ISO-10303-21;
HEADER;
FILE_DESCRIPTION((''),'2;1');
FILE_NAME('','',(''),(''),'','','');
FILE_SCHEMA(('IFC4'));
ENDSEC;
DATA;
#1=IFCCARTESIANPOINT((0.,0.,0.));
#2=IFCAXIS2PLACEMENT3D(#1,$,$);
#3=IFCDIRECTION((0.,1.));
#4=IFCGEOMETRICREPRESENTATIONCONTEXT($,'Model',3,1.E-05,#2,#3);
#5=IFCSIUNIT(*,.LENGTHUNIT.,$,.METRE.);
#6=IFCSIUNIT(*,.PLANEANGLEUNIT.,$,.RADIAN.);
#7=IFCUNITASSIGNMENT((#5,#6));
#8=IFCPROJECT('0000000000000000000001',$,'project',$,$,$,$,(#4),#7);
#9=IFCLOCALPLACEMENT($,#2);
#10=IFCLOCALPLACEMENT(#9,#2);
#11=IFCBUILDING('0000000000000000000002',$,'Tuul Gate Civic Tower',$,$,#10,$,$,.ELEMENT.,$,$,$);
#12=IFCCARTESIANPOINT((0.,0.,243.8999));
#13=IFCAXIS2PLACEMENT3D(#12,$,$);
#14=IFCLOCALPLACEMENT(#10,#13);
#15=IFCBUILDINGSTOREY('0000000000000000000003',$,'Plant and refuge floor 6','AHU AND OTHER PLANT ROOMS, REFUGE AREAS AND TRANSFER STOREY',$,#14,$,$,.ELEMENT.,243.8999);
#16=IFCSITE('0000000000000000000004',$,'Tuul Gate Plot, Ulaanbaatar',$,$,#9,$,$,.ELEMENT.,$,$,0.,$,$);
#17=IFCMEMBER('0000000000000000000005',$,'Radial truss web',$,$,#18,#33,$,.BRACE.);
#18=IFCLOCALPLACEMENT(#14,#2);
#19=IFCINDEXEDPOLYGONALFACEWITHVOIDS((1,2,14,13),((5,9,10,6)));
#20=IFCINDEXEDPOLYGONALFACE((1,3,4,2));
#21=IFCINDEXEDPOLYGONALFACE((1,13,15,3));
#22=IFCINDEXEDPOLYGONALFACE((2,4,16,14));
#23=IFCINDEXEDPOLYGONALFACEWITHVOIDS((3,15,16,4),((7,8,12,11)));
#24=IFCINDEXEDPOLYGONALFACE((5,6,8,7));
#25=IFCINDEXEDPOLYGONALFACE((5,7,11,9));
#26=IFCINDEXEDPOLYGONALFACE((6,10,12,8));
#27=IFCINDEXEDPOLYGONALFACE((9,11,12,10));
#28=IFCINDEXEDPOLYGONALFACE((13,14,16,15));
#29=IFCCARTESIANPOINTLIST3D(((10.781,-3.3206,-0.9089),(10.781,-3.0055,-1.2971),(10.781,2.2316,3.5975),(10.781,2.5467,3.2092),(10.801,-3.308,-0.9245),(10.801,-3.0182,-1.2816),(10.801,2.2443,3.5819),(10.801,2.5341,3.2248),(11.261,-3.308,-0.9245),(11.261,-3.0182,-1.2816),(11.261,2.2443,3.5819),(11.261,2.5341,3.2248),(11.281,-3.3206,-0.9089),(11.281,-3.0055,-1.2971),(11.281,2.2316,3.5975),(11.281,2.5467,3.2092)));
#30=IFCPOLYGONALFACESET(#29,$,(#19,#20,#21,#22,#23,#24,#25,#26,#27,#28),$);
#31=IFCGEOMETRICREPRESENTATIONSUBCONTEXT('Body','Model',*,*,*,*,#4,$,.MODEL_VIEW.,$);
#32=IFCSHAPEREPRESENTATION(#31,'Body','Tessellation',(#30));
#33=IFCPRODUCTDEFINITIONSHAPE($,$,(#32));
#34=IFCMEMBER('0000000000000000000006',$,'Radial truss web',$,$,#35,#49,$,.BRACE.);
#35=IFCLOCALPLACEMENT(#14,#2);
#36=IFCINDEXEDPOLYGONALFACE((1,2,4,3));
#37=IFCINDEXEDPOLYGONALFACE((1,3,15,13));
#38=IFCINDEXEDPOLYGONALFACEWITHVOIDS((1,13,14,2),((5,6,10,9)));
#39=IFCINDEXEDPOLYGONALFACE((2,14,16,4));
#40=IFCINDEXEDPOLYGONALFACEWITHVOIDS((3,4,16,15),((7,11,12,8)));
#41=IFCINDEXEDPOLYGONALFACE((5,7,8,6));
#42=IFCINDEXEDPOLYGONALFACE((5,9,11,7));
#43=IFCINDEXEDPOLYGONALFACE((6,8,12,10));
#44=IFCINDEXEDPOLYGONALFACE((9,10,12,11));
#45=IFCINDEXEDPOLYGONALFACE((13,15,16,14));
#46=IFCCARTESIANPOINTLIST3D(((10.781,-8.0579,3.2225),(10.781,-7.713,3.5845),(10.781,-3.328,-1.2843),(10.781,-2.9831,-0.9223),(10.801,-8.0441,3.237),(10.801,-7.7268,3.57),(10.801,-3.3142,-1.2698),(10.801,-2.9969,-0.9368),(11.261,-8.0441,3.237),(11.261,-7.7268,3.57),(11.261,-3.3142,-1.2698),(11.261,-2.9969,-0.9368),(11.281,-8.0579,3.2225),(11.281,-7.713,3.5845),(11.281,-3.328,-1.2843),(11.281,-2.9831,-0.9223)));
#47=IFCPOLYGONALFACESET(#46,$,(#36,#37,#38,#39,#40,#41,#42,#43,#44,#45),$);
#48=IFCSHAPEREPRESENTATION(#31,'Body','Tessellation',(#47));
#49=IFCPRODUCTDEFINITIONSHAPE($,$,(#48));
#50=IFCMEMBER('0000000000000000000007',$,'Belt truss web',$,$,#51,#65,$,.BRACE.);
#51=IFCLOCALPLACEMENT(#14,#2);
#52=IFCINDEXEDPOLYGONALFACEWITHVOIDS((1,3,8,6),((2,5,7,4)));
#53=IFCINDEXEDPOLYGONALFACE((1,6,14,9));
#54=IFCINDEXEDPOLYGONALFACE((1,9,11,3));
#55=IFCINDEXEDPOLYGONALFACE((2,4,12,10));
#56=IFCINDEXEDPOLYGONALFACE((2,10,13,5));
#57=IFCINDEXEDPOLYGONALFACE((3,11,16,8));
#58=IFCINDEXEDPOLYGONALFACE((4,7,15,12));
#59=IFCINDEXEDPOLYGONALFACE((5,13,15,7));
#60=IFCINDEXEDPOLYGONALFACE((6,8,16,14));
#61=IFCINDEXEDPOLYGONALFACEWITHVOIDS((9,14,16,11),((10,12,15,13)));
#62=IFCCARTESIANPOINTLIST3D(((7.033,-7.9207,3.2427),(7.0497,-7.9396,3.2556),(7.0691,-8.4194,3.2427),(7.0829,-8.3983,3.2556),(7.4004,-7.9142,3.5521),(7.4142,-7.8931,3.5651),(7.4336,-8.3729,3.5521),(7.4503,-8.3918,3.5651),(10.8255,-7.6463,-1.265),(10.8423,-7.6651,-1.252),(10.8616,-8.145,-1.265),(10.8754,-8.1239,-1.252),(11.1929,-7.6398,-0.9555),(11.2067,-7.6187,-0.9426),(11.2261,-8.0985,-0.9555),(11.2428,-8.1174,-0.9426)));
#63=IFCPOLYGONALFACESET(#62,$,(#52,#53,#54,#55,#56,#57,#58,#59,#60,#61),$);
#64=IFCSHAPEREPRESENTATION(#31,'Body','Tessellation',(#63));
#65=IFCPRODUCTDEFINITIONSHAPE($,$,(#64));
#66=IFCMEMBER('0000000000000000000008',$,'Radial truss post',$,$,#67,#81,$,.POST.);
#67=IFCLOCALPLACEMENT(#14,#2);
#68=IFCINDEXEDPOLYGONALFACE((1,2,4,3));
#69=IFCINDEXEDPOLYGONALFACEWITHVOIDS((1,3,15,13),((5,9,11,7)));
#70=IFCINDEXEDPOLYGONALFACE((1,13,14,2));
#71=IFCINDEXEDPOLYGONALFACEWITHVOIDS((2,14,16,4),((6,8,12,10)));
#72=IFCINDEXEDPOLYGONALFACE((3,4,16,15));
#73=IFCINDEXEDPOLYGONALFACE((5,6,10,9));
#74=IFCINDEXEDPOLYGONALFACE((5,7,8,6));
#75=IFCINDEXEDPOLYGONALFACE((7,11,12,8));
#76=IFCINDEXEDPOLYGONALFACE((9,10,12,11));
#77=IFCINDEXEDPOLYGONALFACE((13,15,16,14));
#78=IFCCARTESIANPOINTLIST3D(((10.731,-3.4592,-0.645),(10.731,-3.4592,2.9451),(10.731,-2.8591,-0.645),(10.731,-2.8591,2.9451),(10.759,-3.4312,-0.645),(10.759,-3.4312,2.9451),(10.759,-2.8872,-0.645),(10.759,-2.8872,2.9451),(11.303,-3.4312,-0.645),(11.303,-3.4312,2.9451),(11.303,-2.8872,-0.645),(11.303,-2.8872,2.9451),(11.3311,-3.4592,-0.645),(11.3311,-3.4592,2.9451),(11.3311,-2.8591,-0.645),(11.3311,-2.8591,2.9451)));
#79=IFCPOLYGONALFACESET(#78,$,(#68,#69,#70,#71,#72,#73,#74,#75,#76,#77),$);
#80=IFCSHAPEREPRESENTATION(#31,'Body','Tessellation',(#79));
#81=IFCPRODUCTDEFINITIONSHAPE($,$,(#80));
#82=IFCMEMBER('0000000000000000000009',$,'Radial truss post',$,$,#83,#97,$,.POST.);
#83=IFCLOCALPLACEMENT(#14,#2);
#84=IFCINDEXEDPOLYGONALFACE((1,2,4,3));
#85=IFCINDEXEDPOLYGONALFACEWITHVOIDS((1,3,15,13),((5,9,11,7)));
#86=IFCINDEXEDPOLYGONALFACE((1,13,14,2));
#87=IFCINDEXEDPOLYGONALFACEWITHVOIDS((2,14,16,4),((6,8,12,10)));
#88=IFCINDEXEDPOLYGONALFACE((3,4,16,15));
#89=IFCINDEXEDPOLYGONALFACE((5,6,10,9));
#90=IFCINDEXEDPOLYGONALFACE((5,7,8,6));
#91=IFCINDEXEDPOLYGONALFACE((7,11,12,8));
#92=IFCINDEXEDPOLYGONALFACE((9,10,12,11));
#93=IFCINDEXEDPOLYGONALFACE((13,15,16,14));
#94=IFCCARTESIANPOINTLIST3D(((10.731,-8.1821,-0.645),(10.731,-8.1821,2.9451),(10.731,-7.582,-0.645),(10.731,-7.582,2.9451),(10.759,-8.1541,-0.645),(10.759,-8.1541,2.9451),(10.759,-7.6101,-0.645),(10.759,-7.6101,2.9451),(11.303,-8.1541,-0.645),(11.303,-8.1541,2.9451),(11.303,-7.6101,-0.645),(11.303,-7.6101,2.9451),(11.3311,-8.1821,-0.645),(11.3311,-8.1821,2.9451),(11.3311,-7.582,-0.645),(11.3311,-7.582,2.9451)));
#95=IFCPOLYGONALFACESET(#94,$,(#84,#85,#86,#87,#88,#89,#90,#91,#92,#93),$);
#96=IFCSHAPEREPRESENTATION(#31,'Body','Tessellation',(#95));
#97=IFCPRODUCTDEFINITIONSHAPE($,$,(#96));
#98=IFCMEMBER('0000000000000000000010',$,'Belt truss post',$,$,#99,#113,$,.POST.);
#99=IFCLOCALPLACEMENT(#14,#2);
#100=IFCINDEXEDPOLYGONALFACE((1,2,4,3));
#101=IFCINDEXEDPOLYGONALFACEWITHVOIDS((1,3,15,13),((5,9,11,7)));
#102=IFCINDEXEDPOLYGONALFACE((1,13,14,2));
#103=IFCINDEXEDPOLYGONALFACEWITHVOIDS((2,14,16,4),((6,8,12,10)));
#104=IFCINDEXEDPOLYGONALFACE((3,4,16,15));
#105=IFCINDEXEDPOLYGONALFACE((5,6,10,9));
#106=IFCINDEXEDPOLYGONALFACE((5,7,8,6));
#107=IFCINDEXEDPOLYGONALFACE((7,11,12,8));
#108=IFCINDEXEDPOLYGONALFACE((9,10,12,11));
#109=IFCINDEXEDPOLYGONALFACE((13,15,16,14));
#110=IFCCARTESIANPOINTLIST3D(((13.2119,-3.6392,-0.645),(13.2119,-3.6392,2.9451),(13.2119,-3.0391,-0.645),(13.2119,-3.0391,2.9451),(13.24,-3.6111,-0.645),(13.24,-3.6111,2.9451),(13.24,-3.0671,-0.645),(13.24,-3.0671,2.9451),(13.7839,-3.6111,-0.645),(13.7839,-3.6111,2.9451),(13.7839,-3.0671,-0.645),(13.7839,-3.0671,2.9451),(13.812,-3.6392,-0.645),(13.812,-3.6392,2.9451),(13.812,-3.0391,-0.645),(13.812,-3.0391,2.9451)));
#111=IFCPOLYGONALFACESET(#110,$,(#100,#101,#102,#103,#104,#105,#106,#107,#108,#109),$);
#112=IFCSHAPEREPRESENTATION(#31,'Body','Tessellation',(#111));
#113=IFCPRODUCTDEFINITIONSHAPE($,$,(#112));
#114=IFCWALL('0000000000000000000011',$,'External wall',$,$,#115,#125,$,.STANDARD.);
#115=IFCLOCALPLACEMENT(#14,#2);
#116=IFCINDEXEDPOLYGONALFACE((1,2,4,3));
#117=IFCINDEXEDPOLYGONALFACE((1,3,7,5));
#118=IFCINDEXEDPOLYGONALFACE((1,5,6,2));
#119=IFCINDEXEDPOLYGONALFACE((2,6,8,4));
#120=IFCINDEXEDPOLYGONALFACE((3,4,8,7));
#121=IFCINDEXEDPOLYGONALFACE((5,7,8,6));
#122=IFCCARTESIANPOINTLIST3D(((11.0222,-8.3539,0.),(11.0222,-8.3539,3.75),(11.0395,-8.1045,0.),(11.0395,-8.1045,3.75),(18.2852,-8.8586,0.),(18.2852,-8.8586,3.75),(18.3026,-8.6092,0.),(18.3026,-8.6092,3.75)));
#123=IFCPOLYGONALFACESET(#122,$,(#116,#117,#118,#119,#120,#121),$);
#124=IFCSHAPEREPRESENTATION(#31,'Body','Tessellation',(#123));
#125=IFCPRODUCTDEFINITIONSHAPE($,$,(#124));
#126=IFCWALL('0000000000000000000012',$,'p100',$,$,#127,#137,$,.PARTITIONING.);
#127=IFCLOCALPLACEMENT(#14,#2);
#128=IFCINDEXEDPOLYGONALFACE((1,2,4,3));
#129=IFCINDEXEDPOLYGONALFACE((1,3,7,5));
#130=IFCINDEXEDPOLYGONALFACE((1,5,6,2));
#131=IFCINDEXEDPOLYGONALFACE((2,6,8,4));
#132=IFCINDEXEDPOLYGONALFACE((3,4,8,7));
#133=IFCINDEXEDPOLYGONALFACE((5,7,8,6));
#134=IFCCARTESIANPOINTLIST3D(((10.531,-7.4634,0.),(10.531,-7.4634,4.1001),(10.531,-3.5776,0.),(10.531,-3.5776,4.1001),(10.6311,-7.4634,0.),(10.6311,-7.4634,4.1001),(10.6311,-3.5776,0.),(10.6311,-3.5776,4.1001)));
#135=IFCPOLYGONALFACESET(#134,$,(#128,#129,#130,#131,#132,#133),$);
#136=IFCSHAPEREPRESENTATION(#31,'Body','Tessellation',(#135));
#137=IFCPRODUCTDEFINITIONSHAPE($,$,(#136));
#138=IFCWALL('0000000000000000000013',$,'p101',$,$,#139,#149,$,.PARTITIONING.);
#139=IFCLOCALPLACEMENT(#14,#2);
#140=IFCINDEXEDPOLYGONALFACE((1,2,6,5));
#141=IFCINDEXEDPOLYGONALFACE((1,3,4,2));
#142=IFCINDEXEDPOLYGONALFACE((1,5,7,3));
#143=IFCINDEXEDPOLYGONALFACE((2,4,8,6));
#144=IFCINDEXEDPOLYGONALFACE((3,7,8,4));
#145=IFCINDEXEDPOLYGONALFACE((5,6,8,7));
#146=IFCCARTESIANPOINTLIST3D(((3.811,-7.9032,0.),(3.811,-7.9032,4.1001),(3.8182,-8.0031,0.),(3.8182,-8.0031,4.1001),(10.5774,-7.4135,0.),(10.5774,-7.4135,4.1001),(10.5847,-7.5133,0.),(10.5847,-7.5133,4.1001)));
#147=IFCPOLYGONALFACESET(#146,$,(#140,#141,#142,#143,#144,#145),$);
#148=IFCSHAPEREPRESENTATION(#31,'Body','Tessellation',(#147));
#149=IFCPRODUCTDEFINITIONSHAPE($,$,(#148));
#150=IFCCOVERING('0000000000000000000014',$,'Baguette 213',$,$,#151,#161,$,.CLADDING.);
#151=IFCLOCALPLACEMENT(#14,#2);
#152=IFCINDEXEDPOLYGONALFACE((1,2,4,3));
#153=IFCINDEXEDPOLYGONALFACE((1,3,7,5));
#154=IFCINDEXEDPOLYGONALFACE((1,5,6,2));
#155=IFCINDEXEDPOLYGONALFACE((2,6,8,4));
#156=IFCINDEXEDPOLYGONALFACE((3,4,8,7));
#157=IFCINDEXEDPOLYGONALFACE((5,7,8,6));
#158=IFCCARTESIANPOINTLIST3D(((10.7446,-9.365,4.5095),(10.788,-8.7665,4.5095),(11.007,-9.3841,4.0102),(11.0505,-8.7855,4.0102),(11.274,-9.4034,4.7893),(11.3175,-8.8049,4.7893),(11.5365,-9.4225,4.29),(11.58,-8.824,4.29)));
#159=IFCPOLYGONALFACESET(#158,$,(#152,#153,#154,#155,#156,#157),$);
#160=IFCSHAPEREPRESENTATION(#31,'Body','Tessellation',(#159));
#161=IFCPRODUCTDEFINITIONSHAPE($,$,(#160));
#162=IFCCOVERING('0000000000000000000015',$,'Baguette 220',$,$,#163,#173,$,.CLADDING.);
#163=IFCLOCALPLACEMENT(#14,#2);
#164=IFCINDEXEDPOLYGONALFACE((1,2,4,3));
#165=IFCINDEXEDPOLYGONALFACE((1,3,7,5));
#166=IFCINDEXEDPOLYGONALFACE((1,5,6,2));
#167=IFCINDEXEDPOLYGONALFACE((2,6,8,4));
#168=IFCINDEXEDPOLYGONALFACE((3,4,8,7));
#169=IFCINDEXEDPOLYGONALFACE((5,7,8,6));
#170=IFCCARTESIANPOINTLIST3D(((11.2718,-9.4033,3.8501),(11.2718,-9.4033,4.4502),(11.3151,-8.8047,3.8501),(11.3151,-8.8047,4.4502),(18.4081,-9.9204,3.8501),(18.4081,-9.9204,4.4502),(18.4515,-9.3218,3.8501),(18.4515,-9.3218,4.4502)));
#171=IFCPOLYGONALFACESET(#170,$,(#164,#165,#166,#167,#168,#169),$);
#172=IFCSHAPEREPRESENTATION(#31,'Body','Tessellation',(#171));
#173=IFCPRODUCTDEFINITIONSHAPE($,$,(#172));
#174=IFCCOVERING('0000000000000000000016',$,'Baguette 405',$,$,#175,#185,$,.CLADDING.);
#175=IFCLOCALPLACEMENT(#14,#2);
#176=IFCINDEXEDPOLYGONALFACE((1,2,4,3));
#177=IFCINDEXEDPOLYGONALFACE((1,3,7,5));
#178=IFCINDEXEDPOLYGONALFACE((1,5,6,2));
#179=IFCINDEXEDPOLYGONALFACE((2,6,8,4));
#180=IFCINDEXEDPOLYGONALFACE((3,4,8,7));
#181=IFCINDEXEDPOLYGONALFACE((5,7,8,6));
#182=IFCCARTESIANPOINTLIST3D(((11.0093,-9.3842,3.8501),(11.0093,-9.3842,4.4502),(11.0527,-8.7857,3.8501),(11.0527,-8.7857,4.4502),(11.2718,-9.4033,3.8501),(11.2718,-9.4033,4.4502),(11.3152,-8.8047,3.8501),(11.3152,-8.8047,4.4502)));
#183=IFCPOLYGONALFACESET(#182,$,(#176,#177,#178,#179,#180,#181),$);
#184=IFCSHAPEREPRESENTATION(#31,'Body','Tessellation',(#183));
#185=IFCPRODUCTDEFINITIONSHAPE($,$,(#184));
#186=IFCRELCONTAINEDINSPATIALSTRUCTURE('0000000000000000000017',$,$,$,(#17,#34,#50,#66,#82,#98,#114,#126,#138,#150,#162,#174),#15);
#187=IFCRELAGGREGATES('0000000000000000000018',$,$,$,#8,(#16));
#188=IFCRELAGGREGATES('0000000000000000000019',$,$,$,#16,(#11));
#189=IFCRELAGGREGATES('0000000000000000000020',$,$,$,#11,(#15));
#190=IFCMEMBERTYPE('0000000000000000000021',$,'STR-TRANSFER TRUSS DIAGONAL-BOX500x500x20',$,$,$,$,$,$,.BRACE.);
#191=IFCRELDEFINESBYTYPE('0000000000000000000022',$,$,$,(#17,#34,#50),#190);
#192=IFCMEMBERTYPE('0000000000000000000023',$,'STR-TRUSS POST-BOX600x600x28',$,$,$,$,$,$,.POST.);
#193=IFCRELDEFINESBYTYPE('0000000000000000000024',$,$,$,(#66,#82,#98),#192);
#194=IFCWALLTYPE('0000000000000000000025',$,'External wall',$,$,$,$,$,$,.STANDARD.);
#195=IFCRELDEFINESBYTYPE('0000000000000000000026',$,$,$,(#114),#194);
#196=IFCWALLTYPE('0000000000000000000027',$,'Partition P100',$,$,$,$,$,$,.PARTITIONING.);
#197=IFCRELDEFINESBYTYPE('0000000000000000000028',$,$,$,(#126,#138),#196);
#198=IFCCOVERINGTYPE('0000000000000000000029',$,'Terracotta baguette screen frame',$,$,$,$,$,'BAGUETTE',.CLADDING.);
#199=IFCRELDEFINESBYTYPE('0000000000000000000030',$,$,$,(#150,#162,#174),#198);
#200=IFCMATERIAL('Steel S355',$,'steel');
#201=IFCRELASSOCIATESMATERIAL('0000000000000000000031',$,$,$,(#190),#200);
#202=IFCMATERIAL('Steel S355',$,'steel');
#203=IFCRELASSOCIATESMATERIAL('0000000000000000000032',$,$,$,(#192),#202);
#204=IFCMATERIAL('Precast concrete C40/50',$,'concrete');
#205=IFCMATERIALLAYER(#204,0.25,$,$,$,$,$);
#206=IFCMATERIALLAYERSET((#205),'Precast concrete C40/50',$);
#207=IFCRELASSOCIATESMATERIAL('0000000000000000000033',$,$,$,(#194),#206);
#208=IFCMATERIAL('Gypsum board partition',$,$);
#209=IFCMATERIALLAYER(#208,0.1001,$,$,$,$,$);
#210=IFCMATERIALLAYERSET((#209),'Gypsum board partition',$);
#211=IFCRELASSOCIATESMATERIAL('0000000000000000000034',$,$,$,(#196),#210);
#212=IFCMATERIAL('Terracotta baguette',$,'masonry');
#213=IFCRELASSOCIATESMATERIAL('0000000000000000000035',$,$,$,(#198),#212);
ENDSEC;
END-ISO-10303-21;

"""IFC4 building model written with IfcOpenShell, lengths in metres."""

from ifc_helpers import new_model, si_unit, direction, frame, frame_2d, origin, origin_2d, place, context, subcontext, project, spatial, rectangle, hollow_rectangle, extrude, material, layer, layer_set, material_profile, profile_set, type_object, element, save


model = new_model("IFC4")

# Units and contexts
model_context = context("Model", 3, precision=1e-05, world=origin(), true_north=direction((0.0, 1.0)))
body_context = subcontext(model_context, "Body", "Model", "MODEL_VIEW")
ifc_project = project(units=[si_unit("LENGTHUNIT", "METRE"), si_unit("PLANEANGLEUNIT", "RADIAN")], contexts=[model_context])

# Site, building, storey
site_placement = place(None, origin())
site = spatial("IfcSite", under=ifc_project, at=site_placement, Name="Tuul Gate Plot, Ulaanbaatar", CompositionType="ELEMENT", RefElevation=0.0)
building_placement = place(site_placement, origin())
building = spatial("IfcBuilding", under=site, at=building_placement, Name="Tuul Gate Civic Tower", CompositionType="ELEMENT")
storey_placement = place(building_placement, frame((0.0, 0.0, 243.8999)))
storey = spatial("IfcBuildingStorey", under=building, at=storey_placement, Name="Plant and refuge floor 6", Description="AHU AND OTHER PLANT ROOMS, REFUGE AREAS AND TRANSFER STOREY", CompositionType="ELEMENT", Elevation=243.8999)

# Members
ifc_material_1 = material(Name="Steel S355", Category="steel")
ifc_material_profile_1 = material_profile(ifc_material_1, hollow_rectangle(XDim=0.5, YDim=0.5, WallThickness=0.02, at=origin_2d()), Name="BOX500x500x20")
ifc_profile_set_1 = profile_set([ifc_material_profile_1], Name="Steel S355")
member_type_1 = type_object("IfcMemberType", Name="STR-TRANSFER TRUSS DIAGONAL-BOX500x500x20", PredefinedType="BRACE", material=ifc_profile_set_1)
member_1_placement = place(storey_placement, frame((11.031, -3.1631, -1.103), z_axis=(0.0, 0.776446, 0.630184), x_axis=(-1.0, 0.0, 0.0)))
element("IfcMember", 1, at=member_1_placement, inside=storey, type_object=member_type_1, Name="Radial truss web", PredefinedType="BRACE", context=body_context, shape_type="SweptSolid", body=[
    extrude(hollow_rectangle(XDim=0.5, YDim=0.5, WallThickness=0.02, at=origin_2d()), origin(), (0.0, 0.0, 1.0), 7.1509),
])
member_2_placement = place(storey_placement, frame((11.031, -3.1555, -1.1033), z_axis=(0.0, -0.723978, 0.689823), x_axis=(1.0, 0.0, 0.0)))
element("IfcMember", 2, at=member_2_placement, inside=storey, type_object=member_type_1, Name="Radial truss web", PredefinedType="BRACE", context=body_context, shape_type="SweptSolid", body=[
    extrude(hollow_rectangle(XDim=0.5, YDim=0.5, WallThickness=0.02, at=origin_2d()), origin(), (0.0, 0.0, 1.0), 6.5332),
])
member_3_placement = place(storey_placement, frame((11.0342, -7.8818, -1.1038), z_axis=(-0.643104, -0.046533, 0.764364), x_axis=(0.072169, -0.997392, 0.0)))
element("IfcMember", 3, at=member_3_placement, inside=storey, type_object=member_type_1, Name="Belt truss web", PredefinedType="BRACE", context=body_context, shape_type="SweptSolid", body=[
    extrude(hollow_rectangle(XDim=0.5, YDim=0.5, WallThickness=0.02, at=origin_2d()), origin(), (0.0, 0.0, 1.0), 5.8972),
])
ifc_material_2 = material(Name="Steel S355", Category="steel")
ifc_material_profile_2 = material_profile(ifc_material_2, hollow_rectangle(XDim=0.6001, YDim=0.6001, WallThickness=0.0281, at=origin_2d()), Name="BOX600x600x28")
ifc_profile_set_2 = profile_set([ifc_material_profile_2], Name="Steel S355")
member_type_2 = type_object("IfcMemberType", Name="STR-TRUSS POST-BOX600x600x28", PredefinedType="POST", material=ifc_profile_set_2)
for number, where, z_axis, x_axis, name in (
    (4, (11.031, -3.1592, -0.645), (0.0, 0.0, 1.0), (1.0, 0.0, 0.0), "Radial truss post"),
    (5, (11.031, -7.8821, -0.645), (0.0, 0.0, 1.0), (1.0, 0.0, 0.0), "Radial truss post"),
    (6, (13.512, -3.3391, -0.645), (0.0, 0.0, 1.0), (1.0, 0.0, 0.0), "Belt truss post"),
):
    element("IfcMember", number, at=place(storey_placement, frame(where, z_axis=z_axis, x_axis=x_axis)), inside=storey, type_object=member_type_2, Name=name, PredefinedType="POST", context=body_context, shape_type="SweptSolid", body=[
        extrude(hollow_rectangle(XDim=0.6001, YDim=0.6001, WallThickness=0.0281, at=origin_2d()), origin(), (0.0, 0.0, 1.0), 3.5901),
    ])

# Walls
ifc_material_3 = material(Name="Precast concrete C40/50", Category="concrete")
ifc_layer_1 = layer(ifc_material_3, 0.25)
ifc_layer_set_1 = layer_set([ifc_layer_1], Name="Precast concrete C40/50")
wall_type_1 = type_object("IfcWallType", Name="External wall", PredefinedType="STANDARD", material=ifc_layer_set_1)
wall_1_placement = place(storey_placement, frame((11.031, -8.2292, 0.0), z_axis=(0.0, 0.0, 1.0), x_axis=(0.997595, -0.069314, 0.0)))
element("IfcWall", 7, at=wall_1_placement, inside=storey, type_object=wall_type_1, Name="External wall", PredefinedType="STANDARD", context=body_context, shape_type="SweptSolid", body=[
    extrude(rectangle(XDim=7.2805, YDim=0.25, at=frame_2d((3.6401, 0.0))), origin(), (0.0, 0.0, 1.0), 3.75),
])
ifc_material_4 = material(Name="Gypsum board partition")
ifc_layer_2 = layer(ifc_material_4, 0.1001)
ifc_layer_set_2 = layer_set([ifc_layer_2], Name="Gypsum board partition")
wall_type_2 = type_object("IfcWallType", Name="Partition P100", PredefinedType="PARTITIONING", material=ifc_layer_set_2)
wall_2_placement = place(storey_placement, frame((10.5811, -3.5776, 0.0), z_axis=(0.0, 0.0, 1.0), x_axis=(0.0, -1.0, 0.0)))
element("IfcWall", 8, at=wall_2_placement, inside=storey, type_object=wall_type_2, Name="p100", PredefinedType="PARTITIONING", context=body_context, shape_type="SweptSolid", body=[
    extrude(rectangle(XDim=3.8857, YDim=0.1001, at=frame_2d((1.9429, 0.0))), origin(), (0.0, 0.0, 1.0), 4.1001),
])
wall_3_placement = place(storey_placement, frame((10.5811, -7.4634, 0.0), z_axis=(0.0, 0.0, 1.0), x_axis=(-0.997391, -0.072191, 0.0)))
element("IfcWall", 9, at=wall_3_placement, inside=storey, type_object=wall_type_2, Name="p101", PredefinedType="PARTITIONING", context=body_context, shape_type="SweptSolid", body=[
    extrude(rectangle(XDim=6.7842, YDim=0.1001, at=frame_2d((3.3921, 0.0))), origin(), (0.0, 0.0, 1.0), 4.1001),
])

# Coverings
ifc_material_5 = material(Name="Terracotta baguette", Category="masonry")
ifc_material_profile_3 = material_profile(ifc_material_5, rectangle(XDim=0.6001, YDim=0.6001, at=origin_2d()), Name="Terracotta baguette screen frame")
ifc_profile_set_3 = profile_set([ifc_material_profile_3], Name="Terracotta baguette")
covering_type = type_object("IfcCoveringType", Name="Terracotta baguette screen frame", ElementType="BAGUETTE", PredefinedType="CLADDING", material=ifc_profile_set_3)
covering_1_placement = place(storey_placement, frame((11.031, -9.085, 4.6494), z_axis=(0.465035, -0.033742, -0.884649), x_axis=(0.072368, 0.997378, 0.0)))
element("IfcCovering", 10, at=covering_1_placement, inside=storey, type_object=covering_type, Name="Baguette 213", PredefinedType="CLADDING", context=body_context, shape_type="SweptSolid", body=[
    extrude(rectangle(XDim=0.6001, YDim=0.6001, at=origin_2d()), origin(), (0.0, 0.0, 1.0), 0.5645),
])
covering_2_placement = place(storey_placement, frame((11.2935, -9.104, 4.1501), z_axis=(0.997385, -0.07227, 0.0), x_axis=(0.07227, 0.997385, 0.0)))
element("IfcCovering", 11, at=covering_2_placement, inside=storey, type_object=covering_type, Name="Baguette 220", PredefinedType="CLADDING", context=body_context, shape_type="SweptSolid", body=[
    extrude(rectangle(XDim=0.6001, YDim=0.6001, at=origin_2d()), origin(), (0.0, 0.0, 1.0), 7.155),
])
covering_3_placement = place(storey_placement, frame((11.031, -9.085, 4.1501), z_axis=(0.997378, -0.072368, 0.0), x_axis=(0.072368, 0.997378, 0.0)))
element("IfcCovering", 12, at=covering_3_placement, inside=storey, type_object=covering_type, Name="Baguette 405", PredefinedType="CLADDING", context=body_context, shape_type="SweptSolid", body=[
    extrude(rectangle(XDim=0.6001, YDim=0.6001, at=origin_2d()), origin(), (0.0, 0.0, 1.0), 0.2632),
])

save(model, "model.ifc")
